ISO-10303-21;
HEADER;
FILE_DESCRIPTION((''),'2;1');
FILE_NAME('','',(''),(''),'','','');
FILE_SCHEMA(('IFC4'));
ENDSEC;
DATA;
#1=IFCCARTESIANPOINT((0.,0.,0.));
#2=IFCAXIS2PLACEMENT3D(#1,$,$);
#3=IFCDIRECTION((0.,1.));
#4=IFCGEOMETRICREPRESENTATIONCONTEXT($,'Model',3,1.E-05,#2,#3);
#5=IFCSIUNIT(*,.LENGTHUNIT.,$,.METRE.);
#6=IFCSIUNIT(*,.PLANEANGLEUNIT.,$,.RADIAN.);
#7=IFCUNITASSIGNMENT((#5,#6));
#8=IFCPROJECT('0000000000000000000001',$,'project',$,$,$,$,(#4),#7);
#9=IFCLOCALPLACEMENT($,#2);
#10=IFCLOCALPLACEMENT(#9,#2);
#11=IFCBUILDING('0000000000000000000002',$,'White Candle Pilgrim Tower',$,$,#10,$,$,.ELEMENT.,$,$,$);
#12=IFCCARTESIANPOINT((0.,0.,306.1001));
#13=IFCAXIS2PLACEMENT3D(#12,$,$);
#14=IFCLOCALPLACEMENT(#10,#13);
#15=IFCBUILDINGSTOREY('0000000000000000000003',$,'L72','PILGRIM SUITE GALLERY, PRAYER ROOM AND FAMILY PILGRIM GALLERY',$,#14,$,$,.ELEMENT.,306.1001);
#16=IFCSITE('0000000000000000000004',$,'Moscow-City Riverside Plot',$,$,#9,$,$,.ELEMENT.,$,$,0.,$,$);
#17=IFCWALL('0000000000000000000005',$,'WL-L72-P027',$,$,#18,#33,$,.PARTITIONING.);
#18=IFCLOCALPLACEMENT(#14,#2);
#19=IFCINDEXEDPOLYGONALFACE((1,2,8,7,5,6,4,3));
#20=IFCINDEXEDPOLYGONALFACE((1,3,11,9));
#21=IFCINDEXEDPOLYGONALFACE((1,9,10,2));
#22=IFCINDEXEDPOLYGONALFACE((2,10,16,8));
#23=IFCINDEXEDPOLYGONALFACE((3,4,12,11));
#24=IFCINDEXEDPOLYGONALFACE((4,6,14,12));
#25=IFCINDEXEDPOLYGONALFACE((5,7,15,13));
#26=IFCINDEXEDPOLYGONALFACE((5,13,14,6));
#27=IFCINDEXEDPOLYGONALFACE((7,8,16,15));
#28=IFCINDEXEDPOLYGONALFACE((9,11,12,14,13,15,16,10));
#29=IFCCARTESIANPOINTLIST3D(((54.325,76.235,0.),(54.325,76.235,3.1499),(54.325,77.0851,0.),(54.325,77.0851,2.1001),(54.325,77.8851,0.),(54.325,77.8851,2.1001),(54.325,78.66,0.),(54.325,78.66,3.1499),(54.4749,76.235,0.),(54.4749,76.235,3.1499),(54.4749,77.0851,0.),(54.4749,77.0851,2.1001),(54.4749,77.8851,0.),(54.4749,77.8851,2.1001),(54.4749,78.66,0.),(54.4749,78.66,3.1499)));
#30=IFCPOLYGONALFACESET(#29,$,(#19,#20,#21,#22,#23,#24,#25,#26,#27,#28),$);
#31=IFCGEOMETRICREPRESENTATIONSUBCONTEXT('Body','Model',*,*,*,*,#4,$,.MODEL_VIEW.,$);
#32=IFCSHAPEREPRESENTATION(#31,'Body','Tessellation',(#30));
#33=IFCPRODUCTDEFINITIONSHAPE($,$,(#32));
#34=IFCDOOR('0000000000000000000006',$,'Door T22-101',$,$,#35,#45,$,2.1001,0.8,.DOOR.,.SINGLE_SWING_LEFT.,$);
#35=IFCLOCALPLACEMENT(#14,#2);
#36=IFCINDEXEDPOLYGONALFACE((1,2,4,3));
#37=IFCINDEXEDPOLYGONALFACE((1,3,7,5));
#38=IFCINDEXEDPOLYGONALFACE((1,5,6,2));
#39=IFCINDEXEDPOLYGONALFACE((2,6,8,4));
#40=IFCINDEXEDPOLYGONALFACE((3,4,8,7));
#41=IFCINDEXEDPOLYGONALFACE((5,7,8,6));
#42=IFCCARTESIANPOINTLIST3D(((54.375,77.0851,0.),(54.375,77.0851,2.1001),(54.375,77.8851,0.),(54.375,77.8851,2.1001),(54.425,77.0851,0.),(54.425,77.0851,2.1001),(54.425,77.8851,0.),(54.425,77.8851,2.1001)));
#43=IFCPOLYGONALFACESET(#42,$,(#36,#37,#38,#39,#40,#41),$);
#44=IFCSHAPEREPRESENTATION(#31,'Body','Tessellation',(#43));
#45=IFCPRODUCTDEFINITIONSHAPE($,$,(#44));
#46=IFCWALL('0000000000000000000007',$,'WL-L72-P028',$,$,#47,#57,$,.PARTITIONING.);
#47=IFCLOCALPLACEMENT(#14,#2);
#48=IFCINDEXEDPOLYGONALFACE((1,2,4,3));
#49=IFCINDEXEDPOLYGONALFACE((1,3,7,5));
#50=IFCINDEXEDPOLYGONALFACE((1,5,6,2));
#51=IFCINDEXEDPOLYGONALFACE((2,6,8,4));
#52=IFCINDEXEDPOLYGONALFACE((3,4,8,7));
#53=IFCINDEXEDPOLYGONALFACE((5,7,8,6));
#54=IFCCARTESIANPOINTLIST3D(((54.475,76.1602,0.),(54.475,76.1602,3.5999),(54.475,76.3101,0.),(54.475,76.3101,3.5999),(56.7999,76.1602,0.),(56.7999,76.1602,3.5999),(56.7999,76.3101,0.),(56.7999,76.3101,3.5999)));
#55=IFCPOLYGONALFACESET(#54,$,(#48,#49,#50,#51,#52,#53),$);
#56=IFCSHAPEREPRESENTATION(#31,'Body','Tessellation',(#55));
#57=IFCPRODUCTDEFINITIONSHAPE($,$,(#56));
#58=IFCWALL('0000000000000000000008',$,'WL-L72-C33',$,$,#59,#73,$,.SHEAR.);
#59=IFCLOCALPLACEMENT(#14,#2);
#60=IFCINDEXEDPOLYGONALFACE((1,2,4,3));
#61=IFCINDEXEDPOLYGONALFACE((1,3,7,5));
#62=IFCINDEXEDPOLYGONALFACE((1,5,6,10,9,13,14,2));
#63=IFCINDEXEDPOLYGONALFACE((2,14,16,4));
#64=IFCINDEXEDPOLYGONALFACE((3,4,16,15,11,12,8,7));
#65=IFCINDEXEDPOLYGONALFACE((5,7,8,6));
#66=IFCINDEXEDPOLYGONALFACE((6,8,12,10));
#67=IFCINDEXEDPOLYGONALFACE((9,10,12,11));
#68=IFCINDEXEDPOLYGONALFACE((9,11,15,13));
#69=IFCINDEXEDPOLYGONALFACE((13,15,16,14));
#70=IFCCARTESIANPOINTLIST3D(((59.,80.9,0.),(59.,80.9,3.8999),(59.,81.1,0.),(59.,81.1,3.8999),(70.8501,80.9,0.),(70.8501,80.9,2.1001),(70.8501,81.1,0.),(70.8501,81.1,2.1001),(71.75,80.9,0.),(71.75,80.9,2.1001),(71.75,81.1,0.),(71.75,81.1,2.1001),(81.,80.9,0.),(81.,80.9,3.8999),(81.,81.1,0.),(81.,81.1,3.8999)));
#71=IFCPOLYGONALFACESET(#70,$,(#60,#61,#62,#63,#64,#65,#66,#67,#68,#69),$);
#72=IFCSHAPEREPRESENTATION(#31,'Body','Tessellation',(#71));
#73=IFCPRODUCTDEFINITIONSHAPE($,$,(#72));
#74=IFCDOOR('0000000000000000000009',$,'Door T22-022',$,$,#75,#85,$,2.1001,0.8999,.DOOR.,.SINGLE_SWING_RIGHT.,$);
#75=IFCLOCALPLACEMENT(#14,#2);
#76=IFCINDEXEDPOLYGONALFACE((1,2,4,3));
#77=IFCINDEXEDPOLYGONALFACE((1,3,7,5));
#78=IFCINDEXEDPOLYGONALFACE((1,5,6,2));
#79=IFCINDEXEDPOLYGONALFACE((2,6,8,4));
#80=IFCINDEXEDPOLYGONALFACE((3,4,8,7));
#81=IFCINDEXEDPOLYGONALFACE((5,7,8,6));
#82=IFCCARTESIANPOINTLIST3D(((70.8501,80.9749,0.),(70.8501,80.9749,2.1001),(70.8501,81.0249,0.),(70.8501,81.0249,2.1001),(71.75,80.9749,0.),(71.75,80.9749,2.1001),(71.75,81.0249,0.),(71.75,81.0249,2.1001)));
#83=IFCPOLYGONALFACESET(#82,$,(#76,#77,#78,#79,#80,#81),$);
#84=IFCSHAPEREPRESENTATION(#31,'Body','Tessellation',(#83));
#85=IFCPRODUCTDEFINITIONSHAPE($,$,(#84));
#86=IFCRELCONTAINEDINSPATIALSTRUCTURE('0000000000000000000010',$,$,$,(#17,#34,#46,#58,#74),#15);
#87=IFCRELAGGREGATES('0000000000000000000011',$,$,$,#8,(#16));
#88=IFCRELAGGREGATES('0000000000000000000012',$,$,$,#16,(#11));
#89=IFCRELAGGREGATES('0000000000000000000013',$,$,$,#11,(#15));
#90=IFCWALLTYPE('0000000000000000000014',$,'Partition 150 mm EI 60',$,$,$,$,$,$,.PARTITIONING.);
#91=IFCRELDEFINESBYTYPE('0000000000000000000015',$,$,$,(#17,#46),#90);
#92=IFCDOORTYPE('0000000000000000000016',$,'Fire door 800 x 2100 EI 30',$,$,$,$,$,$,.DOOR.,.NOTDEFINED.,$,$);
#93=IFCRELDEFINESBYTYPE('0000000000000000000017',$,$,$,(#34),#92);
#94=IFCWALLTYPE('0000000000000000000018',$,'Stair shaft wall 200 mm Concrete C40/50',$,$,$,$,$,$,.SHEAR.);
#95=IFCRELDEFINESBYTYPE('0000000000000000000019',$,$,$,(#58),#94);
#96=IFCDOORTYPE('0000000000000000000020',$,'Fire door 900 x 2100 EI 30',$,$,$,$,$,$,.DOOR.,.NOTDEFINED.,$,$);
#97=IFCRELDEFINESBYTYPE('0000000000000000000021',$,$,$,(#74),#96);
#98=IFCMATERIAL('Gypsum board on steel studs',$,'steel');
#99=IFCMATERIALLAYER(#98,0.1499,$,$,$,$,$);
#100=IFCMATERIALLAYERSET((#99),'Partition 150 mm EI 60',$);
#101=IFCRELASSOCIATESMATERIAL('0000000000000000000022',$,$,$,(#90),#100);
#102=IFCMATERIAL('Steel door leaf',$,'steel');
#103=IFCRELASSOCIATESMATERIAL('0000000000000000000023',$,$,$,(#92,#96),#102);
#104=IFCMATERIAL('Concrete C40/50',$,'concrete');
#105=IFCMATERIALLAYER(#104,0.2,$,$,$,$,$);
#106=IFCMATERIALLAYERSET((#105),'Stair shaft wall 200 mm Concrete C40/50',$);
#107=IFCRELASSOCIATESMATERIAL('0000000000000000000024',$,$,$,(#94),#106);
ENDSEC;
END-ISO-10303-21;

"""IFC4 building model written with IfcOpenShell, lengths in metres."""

from ifc_helpers import new_model, si_unit, direction, frame, frame_2d, origin, place, context, subcontext, project, spatial, rectangle, extrude, material, layer, layer_set, type_object, element, fill, save


model = new_model("IFC4")

# Units and contexts
model_context = context("Model", 3, precision=1e-05, world=origin(), true_north=direction((0.0, 1.0)))
body_context = subcontext(model_context, "Body", "Model", "MODEL_VIEW")
ifc_project = project(units=[si_unit("LENGTHUNIT", "METRE"), si_unit("PLANEANGLEUNIT", "RADIAN")], contexts=[model_context])

# Site, building, storey
site_placement = place(None, origin())
site = spatial("IfcSite", under=ifc_project, at=site_placement, Name="Moscow-City Riverside Plot", CompositionType="ELEMENT", RefElevation=0.0)
building_placement = place(site_placement, origin())
building = spatial("IfcBuilding", under=site, at=building_placement, Name="White Candle Pilgrim Tower", CompositionType="ELEMENT")
storey_placement = place(building_placement, frame((0.0, 0.0, 306.1001)))
storey = spatial("IfcBuildingStorey", under=building, at=storey_placement, Name="L72", Description="PILGRIM SUITE GALLERY, PRAYER ROOM AND FAMILY PILGRIM GALLERY", CompositionType="ELEMENT", Elevation=306.1001)

# Shared definitions
ifc_material_1 = material(Name="Concrete C40/50", Category="concrete")

# Shared definitions
ifc_material_2 = material(Name="Gypsum board on steel studs", Category="steel")
ifc_layer_1 = layer(ifc_material_2, 0.1499)
ifc_layer_set_1 = layer_set([ifc_layer_1], Name="Partition 150 mm EI 60")
wall_type_1 = type_object("IfcWallType", Name="Partition 150 mm EI 60", PredefinedType="PARTITIONING", material=ifc_layer_set_1)

# Wall, opening, door
wall_1_placement = place(storey_placement, frame((54.3999, 76.2351, 0.0), z_axis=(0.0, 0.0, 1.0), x_axis=(0.0, 1.0, 0.0)))
wall_1 = element("IfcWall", 1, at=wall_1_placement, inside=storey, type_object=wall_type_1, Name="WL-L72-P027", PredefinedType="PARTITIONING", context=body_context, shape_type="SweptSolid", body=[
    extrude(rectangle(XDim=2.425, YDim=0.1499, at=frame_2d((1.2124, 0.0))), origin(), (0.0, 0.0, 1.0), 3.1499),
])
opening_1_placement = place(wall_1_placement, frame((0.8501, 0.0, 0.0)))
opening_1 = element("IfcOpeningElement", 2, at=opening_1_placement, cuts=wall_1, PredefinedType="OPENING", context=body_context, shape_type="SweptSolid", body=[
    extrude(rectangle(XDim=0.8, YDim=2.1001, at=frame_2d((0.3999, 1.05))), frame((0.0, 0.085, 0.0), z_axis=(0.0, -1.0, 0.0), x_axis=(1.0, 0.0, 0.0)), (0.0, 0.0, 1.0), 0.1699),
])
ifc_material_3 = material(Name="Steel door leaf", Category="steel")
door_type_1 = type_object("IfcDoorType", Name="Fire door 800 x 2100 EI 30", OperationType="NOTDEFINED", PredefinedType="DOOR", material=ifc_material_3)
door_1_placement = place(opening_1_placement, origin())
door_1 = element("IfcDoor", 3, at=door_1_placement, inside=storey, type_object=door_type_1, Name="Door T22-101", OperationType="SINGLE_SWING_LEFT", OverallHeight=2.1001, OverallWidth=0.8, PredefinedType="DOOR", context=body_context, shape_type="SweptSolid", body=[
    extrude(rectangle(XDim=0.8, YDim=2.1001, at=frame_2d((0.3999, 1.05))), frame((0.0, 0.0249, 0.0), z_axis=(0.0, -1.0, 0.0), x_axis=(1.0, 0.0, 0.0)), (0.0, 0.0, 1.0), 0.05),
])
fill(opening_1, door_1)

# Wall
wall_2_placement = place(storey_placement, frame((56.8, 76.2351, 0.0), z_axis=(0.0, 0.0, 1.0), x_axis=(-1.0, 0.0, 0.0)))
element("IfcWall", 4, at=wall_2_placement, inside=storey, type_object=wall_type_1, Name="WL-L72-P028", PredefinedType="PARTITIONING", context=body_context, shape_type="SweptSolid", body=[
    extrude(rectangle(XDim=2.325, YDim=0.1499, at=frame_2d((1.1626, 0.0))), origin(), (0.0, 0.0, 1.0), 3.5999),
])

# Wall, opening, door
ifc_layer_2 = layer(ifc_material_1, 0.2)
ifc_layer_set_2 = layer_set([ifc_layer_2], Name="Stair shaft wall 200 mm Concrete C40/50")
wall_type_2 = type_object("IfcWallType", Name="Stair shaft wall 200 mm Concrete C40/50", PredefinedType="SHEAR", material=ifc_layer_set_2)
wall_3_placement = place(storey_placement, frame((59.0, 81.0, 0.0), z_axis=(0.0, 0.0, 1.0), x_axis=(1.0, 0.0, 0.0)))
wall_3 = element("IfcWall", 5, at=wall_3_placement, inside=storey, type_object=wall_type_2, Name="WL-L72-C33", PredefinedType="SHEAR", context=body_context, shape_type="SweptSolid", body=[
    extrude(rectangle(XDim=22.0, YDim=0.2, at=frame_2d((11.0, 0.0))), origin(), (0.0, 0.0, 1.0), 3.8999),
])
opening_2_placement = place(wall_3_placement, frame((11.8501, 0.0, 0.0)))
opening_2 = element("IfcOpeningElement", 6, at=opening_2_placement, cuts=wall_3, PredefinedType="OPENING", context=body_context, shape_type="SweptSolid", body=[
    extrude(rectangle(XDim=0.8999, YDim=2.1001, at=frame_2d((0.45, 1.05))), frame((0.0, 0.1099, 0.0), z_axis=(0.0, -1.0, 0.0), x_axis=(1.0, 0.0, 0.0)), (0.0, 0.0, 1.0), 0.22),
])
door_type_2 = type_object("IfcDoorType", Name="Fire door 900 x 2100 EI 30", OperationType="NOTDEFINED", PredefinedType="DOOR", material=ifc_material_3)
door_2_placement = place(opening_2_placement, origin())
door_2 = element("IfcDoor", 7, at=door_2_placement, inside=storey, type_object=door_type_2, Name="Door T22-022", OperationType="SINGLE_SWING_RIGHT", OverallHeight=2.1001, OverallWidth=0.8999, PredefinedType="DOOR", context=body_context, shape_type="SweptSolid", body=[
    extrude(rectangle(XDim=0.8999, YDim=2.1001, at=frame_2d((0.45, 1.05))), frame((0.0, 0.0249, 0.0), z_axis=(0.0, -1.0, 0.0), x_axis=(1.0, 0.0, 0.0)), (0.0, 0.0, 1.0), 0.05),
])
fill(opening_2, door_2)

save(model, "model.ifc")
